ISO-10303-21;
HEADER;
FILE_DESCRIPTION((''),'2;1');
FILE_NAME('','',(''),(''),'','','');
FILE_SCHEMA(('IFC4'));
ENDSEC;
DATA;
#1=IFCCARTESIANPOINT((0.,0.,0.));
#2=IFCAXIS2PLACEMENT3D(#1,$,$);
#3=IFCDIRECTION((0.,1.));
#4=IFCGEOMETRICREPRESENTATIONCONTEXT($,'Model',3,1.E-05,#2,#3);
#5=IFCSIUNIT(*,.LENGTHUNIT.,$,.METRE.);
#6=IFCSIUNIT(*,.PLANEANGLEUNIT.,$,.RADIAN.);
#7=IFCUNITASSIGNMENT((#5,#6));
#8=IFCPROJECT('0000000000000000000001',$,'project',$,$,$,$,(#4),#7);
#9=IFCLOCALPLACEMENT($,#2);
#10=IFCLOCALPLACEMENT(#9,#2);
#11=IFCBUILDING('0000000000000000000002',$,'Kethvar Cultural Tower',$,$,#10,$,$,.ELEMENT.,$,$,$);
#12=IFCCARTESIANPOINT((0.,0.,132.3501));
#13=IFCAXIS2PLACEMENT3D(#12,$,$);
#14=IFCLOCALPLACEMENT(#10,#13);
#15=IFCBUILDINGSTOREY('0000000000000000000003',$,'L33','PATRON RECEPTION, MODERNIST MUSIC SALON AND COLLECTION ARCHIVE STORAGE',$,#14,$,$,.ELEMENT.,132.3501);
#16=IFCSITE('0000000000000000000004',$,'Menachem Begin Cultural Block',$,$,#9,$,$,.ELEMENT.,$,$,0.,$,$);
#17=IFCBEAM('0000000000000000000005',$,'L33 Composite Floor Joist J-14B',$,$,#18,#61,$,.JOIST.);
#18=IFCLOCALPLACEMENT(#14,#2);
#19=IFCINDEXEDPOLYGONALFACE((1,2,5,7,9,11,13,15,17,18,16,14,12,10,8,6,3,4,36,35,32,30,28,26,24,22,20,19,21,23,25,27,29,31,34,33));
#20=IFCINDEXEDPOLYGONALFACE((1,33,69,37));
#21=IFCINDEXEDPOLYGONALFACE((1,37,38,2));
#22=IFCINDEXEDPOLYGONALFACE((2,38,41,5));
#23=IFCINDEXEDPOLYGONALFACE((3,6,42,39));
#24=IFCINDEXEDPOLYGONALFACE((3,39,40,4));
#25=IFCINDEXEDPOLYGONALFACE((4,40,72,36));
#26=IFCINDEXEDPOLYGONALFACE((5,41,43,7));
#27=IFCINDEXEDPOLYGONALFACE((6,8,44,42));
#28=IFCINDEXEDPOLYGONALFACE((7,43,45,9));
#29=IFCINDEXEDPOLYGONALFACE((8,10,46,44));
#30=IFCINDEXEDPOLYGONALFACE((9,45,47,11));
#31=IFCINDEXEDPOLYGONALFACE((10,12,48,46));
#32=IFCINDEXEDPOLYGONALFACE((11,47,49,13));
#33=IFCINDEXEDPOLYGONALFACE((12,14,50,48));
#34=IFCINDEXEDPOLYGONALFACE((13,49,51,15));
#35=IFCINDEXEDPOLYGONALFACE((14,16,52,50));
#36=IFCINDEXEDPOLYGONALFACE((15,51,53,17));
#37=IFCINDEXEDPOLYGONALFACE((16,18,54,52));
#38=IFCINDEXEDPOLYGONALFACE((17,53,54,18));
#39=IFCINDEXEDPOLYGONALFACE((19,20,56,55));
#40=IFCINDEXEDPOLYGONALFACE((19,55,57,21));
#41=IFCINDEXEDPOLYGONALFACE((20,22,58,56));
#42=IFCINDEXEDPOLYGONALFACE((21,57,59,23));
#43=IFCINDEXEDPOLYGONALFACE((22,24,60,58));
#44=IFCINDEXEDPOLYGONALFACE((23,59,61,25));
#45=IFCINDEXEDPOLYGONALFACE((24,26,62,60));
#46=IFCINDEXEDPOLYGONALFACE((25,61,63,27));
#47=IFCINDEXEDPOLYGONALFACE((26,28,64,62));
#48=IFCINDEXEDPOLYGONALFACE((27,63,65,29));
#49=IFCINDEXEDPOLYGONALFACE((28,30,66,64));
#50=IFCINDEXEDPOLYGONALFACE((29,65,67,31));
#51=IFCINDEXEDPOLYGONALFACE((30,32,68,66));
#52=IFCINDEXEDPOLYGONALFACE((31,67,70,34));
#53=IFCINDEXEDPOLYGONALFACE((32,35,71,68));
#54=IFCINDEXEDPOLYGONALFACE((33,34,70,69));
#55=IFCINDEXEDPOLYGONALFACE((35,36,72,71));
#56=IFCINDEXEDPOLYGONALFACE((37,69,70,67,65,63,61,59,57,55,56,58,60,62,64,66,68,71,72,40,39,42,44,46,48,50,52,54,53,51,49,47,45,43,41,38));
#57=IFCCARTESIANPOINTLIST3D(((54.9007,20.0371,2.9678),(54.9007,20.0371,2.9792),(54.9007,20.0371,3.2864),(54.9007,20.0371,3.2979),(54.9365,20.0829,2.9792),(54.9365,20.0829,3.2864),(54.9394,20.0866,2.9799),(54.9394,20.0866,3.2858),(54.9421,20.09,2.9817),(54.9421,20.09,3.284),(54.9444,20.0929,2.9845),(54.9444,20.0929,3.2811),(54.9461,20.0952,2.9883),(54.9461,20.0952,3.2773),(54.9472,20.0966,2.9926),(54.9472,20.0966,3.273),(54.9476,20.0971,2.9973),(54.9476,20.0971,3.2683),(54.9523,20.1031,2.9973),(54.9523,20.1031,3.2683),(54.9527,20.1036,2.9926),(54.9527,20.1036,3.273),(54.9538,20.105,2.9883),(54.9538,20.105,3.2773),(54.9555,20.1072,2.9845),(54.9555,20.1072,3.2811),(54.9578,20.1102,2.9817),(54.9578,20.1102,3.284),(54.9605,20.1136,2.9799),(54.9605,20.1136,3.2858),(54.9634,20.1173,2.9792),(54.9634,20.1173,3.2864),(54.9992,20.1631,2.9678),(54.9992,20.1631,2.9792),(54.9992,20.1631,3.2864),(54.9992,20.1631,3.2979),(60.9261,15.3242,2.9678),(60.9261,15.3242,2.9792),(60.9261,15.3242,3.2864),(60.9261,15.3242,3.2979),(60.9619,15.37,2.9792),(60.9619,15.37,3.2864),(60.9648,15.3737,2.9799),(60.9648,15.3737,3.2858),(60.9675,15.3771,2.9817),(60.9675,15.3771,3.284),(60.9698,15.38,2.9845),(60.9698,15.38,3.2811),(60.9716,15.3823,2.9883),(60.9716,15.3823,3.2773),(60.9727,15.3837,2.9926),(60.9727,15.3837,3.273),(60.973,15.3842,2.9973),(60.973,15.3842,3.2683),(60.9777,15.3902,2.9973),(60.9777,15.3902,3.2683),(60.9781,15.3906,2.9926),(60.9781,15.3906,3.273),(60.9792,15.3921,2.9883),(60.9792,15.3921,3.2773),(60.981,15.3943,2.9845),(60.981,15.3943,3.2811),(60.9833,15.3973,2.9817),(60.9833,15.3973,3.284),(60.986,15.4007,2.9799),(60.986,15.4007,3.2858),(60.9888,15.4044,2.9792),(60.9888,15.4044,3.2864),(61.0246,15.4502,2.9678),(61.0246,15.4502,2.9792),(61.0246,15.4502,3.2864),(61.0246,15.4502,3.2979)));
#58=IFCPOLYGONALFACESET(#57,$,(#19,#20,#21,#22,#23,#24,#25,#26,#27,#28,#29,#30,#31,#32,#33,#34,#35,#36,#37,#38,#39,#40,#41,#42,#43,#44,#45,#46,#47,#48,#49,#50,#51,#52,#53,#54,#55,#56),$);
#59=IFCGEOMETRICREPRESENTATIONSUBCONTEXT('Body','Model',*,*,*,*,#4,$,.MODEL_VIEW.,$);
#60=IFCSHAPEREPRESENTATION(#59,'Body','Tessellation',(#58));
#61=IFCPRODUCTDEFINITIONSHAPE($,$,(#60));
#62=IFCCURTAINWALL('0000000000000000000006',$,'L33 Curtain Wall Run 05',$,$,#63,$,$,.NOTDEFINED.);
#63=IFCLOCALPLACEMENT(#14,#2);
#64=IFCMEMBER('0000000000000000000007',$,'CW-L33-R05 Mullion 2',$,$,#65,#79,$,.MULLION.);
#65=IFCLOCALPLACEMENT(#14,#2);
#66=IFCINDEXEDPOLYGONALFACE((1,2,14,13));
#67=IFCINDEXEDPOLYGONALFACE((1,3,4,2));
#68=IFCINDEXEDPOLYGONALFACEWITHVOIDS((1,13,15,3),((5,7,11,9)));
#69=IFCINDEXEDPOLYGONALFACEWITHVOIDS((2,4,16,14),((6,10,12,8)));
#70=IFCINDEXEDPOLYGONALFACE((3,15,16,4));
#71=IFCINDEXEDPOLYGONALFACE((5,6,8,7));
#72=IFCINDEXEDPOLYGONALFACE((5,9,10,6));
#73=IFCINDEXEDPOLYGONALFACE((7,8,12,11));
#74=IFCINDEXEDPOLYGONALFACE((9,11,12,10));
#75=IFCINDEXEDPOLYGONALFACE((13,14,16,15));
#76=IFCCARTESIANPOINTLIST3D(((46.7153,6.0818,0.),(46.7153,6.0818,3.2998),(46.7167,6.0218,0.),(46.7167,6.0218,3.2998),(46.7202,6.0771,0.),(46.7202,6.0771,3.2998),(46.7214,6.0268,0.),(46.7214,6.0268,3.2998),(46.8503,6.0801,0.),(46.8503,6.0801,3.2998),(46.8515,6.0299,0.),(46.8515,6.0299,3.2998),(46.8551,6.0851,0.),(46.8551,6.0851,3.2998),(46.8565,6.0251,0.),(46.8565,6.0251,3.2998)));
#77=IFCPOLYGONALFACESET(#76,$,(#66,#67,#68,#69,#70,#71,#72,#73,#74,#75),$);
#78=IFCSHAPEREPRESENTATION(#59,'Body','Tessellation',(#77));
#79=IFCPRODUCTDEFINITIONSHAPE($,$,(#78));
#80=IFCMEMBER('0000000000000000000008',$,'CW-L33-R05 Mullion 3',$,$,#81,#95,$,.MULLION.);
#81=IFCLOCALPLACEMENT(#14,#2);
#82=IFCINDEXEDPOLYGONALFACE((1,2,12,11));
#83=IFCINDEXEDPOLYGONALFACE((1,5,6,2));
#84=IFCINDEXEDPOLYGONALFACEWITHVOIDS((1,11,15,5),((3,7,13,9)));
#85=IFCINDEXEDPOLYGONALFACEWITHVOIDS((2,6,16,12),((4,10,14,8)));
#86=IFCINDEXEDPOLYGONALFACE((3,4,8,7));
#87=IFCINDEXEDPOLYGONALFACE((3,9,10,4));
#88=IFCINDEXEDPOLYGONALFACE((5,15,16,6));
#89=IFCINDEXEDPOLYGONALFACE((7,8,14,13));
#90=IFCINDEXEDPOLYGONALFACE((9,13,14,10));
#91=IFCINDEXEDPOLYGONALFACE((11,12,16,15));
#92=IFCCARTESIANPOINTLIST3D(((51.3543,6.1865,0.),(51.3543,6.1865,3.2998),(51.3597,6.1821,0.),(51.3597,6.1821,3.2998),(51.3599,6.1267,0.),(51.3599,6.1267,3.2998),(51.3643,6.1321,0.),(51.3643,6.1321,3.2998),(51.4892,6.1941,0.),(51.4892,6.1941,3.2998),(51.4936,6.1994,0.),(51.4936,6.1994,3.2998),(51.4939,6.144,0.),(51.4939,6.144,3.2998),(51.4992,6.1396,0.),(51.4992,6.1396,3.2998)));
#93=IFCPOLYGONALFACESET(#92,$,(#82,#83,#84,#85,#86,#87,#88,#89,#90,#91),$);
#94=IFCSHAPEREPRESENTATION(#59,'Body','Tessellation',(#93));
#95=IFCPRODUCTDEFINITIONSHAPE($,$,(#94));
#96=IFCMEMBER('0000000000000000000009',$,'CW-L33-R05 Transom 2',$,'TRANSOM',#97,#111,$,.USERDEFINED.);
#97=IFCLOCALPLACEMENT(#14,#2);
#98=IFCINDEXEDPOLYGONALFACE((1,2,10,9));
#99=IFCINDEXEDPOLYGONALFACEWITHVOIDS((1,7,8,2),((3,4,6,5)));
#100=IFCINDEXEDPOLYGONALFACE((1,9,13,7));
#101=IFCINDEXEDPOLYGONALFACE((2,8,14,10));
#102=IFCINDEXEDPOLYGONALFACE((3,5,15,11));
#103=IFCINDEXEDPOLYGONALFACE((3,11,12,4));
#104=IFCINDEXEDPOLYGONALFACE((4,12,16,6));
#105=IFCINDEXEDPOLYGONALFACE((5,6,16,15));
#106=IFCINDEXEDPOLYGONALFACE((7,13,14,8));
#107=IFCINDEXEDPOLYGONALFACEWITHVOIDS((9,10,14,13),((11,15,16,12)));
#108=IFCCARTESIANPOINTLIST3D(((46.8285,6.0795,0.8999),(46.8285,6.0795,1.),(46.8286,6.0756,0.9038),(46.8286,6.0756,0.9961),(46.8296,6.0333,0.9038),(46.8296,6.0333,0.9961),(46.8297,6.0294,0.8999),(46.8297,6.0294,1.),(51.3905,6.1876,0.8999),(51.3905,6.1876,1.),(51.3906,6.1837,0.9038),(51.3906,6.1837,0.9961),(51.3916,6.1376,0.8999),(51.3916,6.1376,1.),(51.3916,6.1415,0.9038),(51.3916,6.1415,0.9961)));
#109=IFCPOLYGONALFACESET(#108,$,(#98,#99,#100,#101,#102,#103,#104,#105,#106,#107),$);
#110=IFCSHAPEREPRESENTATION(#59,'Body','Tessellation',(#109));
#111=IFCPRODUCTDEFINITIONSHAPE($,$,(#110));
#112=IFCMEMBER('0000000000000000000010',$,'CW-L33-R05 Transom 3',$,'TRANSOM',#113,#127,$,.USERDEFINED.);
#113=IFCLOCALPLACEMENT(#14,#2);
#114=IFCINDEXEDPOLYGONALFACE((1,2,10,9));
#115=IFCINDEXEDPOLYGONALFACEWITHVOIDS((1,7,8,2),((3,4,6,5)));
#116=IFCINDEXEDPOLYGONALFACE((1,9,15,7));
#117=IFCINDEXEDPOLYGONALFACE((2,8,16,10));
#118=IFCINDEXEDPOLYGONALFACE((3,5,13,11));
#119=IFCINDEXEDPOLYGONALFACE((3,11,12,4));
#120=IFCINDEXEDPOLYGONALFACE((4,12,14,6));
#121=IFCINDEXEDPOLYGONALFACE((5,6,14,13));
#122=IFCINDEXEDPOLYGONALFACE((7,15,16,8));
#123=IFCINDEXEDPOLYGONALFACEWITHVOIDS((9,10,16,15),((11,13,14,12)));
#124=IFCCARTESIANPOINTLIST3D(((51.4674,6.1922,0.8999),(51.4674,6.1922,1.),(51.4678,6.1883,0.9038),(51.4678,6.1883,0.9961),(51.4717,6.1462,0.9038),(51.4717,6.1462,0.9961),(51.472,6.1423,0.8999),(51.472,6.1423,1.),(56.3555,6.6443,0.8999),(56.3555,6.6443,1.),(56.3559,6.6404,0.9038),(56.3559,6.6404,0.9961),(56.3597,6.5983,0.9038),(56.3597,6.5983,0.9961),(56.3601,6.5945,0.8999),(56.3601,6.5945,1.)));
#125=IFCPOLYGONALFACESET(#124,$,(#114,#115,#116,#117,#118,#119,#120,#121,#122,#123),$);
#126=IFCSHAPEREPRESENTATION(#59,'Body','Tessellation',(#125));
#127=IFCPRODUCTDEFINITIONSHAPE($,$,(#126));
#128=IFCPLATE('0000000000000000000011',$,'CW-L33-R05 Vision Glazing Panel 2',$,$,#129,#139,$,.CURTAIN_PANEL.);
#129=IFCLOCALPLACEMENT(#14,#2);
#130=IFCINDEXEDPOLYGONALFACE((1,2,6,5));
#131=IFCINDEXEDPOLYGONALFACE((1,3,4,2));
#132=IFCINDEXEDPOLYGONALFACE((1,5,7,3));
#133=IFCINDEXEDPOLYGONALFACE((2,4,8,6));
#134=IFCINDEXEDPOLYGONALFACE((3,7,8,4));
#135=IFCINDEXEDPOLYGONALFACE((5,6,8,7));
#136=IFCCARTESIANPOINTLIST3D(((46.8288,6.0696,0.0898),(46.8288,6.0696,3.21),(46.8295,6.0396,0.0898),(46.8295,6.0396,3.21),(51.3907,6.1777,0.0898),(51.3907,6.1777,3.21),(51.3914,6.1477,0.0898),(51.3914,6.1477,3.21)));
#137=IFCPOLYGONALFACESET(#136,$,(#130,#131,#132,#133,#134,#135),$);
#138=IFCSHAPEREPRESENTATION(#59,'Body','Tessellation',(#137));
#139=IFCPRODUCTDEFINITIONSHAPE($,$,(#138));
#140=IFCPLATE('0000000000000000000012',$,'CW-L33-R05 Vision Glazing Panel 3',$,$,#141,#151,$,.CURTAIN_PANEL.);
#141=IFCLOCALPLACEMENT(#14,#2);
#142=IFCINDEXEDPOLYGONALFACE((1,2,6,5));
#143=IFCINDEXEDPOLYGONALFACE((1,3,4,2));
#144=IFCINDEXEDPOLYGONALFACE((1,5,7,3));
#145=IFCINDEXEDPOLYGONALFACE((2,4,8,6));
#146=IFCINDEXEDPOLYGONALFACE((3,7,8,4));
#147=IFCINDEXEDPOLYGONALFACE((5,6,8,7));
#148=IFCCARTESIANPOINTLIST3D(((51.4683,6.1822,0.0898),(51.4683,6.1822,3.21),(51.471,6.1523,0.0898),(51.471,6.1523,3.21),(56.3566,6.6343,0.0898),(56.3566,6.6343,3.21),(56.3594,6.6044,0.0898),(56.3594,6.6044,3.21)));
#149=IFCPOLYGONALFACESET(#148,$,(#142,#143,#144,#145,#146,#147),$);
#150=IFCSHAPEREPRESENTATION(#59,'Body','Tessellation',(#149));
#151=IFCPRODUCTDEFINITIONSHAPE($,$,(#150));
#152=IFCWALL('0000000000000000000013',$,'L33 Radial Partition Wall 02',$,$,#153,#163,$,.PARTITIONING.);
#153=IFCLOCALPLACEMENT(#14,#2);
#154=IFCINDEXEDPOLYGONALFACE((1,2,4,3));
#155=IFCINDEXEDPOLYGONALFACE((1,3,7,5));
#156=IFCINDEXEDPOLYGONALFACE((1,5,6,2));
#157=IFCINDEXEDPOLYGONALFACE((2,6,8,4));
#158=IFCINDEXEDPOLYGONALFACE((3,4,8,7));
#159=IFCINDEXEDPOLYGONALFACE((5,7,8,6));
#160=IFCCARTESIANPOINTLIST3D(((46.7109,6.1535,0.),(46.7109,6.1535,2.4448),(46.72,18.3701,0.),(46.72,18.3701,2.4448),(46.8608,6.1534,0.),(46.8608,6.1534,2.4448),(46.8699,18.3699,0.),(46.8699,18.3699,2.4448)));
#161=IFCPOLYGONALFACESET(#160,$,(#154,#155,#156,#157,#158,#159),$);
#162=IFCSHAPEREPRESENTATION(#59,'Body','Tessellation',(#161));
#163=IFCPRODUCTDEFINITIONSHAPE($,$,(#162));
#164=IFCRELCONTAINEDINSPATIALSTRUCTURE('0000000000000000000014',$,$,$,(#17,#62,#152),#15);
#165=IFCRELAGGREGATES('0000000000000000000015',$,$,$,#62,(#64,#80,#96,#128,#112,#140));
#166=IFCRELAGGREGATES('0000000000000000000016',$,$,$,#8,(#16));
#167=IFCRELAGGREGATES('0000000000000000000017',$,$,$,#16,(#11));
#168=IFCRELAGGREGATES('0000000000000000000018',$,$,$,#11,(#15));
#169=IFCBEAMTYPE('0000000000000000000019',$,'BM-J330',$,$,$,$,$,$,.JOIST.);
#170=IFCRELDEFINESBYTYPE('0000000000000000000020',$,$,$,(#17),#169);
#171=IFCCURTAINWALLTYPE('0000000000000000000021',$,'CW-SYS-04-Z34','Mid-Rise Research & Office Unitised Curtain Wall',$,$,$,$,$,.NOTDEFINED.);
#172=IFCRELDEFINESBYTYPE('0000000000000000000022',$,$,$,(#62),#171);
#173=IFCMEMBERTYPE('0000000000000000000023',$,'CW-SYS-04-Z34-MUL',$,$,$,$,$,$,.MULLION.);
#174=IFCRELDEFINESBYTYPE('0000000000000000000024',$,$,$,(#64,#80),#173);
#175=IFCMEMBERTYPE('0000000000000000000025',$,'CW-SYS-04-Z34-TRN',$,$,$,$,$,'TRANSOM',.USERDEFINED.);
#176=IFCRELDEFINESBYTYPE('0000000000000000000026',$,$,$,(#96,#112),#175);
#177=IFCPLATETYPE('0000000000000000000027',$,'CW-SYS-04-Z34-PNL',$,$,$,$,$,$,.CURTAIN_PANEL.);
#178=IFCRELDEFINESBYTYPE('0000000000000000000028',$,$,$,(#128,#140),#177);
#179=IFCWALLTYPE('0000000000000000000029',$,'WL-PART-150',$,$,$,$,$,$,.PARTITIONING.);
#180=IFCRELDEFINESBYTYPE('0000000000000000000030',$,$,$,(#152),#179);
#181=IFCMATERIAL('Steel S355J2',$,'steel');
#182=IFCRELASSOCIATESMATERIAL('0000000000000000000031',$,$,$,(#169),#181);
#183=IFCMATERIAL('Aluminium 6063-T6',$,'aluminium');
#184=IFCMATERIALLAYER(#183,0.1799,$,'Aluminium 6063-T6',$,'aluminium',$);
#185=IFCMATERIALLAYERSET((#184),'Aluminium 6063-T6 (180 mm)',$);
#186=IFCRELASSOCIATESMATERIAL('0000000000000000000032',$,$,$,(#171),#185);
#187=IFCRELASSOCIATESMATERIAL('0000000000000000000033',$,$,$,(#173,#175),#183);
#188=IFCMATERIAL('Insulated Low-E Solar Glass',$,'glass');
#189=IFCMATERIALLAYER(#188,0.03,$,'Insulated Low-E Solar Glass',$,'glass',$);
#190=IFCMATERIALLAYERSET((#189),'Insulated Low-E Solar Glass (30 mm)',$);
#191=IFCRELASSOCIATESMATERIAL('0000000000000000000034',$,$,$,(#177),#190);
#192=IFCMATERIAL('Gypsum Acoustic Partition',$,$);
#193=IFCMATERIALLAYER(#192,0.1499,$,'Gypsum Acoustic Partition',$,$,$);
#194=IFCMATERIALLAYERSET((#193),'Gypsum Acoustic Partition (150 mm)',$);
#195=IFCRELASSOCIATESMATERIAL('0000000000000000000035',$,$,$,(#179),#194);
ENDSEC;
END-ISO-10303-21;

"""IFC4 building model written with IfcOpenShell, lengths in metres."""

from ifc_helpers import new_model, si_unit, direction, frame, frame_2d, origin, origin_2d, place, context, subcontext, project, spatial, rectangle, hollow_rectangle, i_section, extrude, source, transform, mapped, material, layer, layer_set, material_profile, profile_set, type_object, element, aggregate, save


model = new_model("IFC4")

# Units and contexts
model_context = context("Model", 3, precision=1e-05, world=origin(), true_north=direction((0.0, 1.0)))
body_context = subcontext(model_context, "Body", "Model", "MODEL_VIEW")
ifc_project = project(units=[si_unit("LENGTHUNIT", "METRE"), si_unit("PLANEANGLEUNIT", "RADIAN")], contexts=[model_context])

# Site, building, storey
site_placement = place(None, origin())
site = spatial("IfcSite", under=ifc_project, at=site_placement, Name="Menachem Begin Cultural Block", CompositionType="ELEMENT", RefElevation=0.0)
building_placement = place(site_placement, origin())
building = spatial("IfcBuilding", under=site, at=building_placement, Name="Kethvar Cultural Tower", CompositionType="ELEMENT")
storey_placement = place(building_placement, frame((0.0, 0.0, 132.3501)))
storey = spatial("IfcBuildingStorey", under=building, at=storey_placement, Name="L33", Description="PATRON RECEPTION, MODERNIST MUSIC SALON AND COLLECTION ARCHIVE STORAGE", CompositionType="ELEMENT", Elevation=132.3501)

# Beam
ifc_material_1 = material(Name="Steel S355J2", Category="steel")
ifc_material_profile_1 = material_profile(ifc_material_1, i_section(OverallWidth=0.1599, OverallDepth=0.3301, WebThickness=0.0076, FlangeThickness=0.0115, FilletRadius=0.0181, at=origin_2d()), Name="Steel S355J2 — IPE330")
ifc_profile_set_1 = profile_set([ifc_material_profile_1], Name="Steel S355J2 — IPE330")
beam_type_1 = type_object("IfcBeamType", Name="BM-J330", PredefinedType="JOIST", material=ifc_profile_set_1)
shared_shape_1 = source(origin(), body_context, "Body", "SweptSolid", [
    extrude(i_section(OverallWidth=0.1599, OverallDepth=0.3301, WebThickness=0.0076, FlangeThickness=0.0115, FilletRadius=0.0181, at=origin_2d()), origin(), (0.0, 0.0, 1.0), 7.6497),
])
beam_1_placement = place(storey_placement, frame((54.95, 20.1001, 3.1328), z_axis=(0.787672, -0.616095, 0.0), x_axis=(0.616095, 0.787672, 0.0)))
element("IfcBeam", 1, at=beam_1_placement, inside=storey, type_object=beam_type_1, Name="L33 Composite Floor Joist J-14B", PredefinedType="JOIST", context=body_context, shape_type="MappedRepresentation", body=[
    mapped(shared_shape_1, transform((0.0, 0.0, 0.0), scale=1.0)),
])

# Curtain wall, members, plates
ifc_material_2 = material(Name="Aluminium 6063-T6", Category="aluminium")
ifc_layer_1 = layer(ifc_material_2, 0.1799, Name="Aluminium 6063-T6", Category="aluminium")
ifc_layer_set_1 = layer_set([ifc_layer_1], Name="Aluminium 6063-T6 (180 mm)")
curtain_wall_type = type_object("IfcCurtainWallType", Name="CW-SYS-04-Z34", Description="Mid-Rise Research & Office Unitised Curtain Wall", PredefinedType="NOTDEFINED", material=ifc_layer_set_1)
curtain_wall_placement = place(storey_placement, origin())
curtain_wall = element("IfcCurtainWall", 2, at=curtain_wall_placement, inside=storey, type_object=curtain_wall_type, Name="L33 Curtain Wall Run 05", PredefinedType="NOTDEFINED")
ifc_material_profile_2 = material_profile(ifc_material_2, hollow_rectangle(XDim=0.0601, YDim=0.1399, WallThickness=0.0049, at=origin_2d()), Name="Aluminium 6063-T6 — RHS140x60x5")
ifc_profile_set_2 = profile_set([ifc_material_profile_2], Name="Aluminium 6063-T6 — RHS140x60x5")
member_type_1 = type_object("IfcMemberType", Name="CW-SYS-04-Z34-MUL", PredefinedType="MULLION", material=ifc_profile_set_2)
shared_shape_2 = source(origin(), body_context, "Body", "SweptSolid", [
    extrude(hollow_rectangle(XDim=0.0601, YDim=0.1399, WallThickness=0.0049, at=origin_2d()), origin(), (0.0, 0.0, 1.0), 3.2998),
])
member_1_placement = place(storey_placement, frame((46.7859, 6.0535, 0.0), z_axis=(0.0, 0.0, 1.0), x_axis=(-0.023699, 0.999719, 0.0)))
member_1 = element("IfcMember", 3, at=member_1_placement, type_object=member_type_1, Name="CW-L33-R05 Mullion 2", PredefinedType="MULLION", context=body_context, shape_type="MappedRepresentation", body=[
    mapped(shared_shape_2, transform((0.0, 0.0, 0.0), scale=1.0)),
])
member_2_placement = place(storey_placement, frame((51.4268, 6.1631, 0.0), z_axis=(0.0, 0.0, 1.0), x_axis=(-0.092093, 0.99575, 0.0)))
member_2 = element("IfcMember", 4, at=member_2_placement, type_object=member_type_1, Name="CW-L33-R05 Mullion 3", PredefinedType="MULLION", context=body_context, shape_type="MappedRepresentation", body=[
    mapped(shared_shape_2, transform((0.0, 0.0, 0.0), scale=1.0)),
])
ifc_material_profile_3 = material_profile(ifc_material_2, hollow_rectangle(XDim=0.05, YDim=0.1001, WallThickness=0.0039, at=origin_2d()), Name="Aluminium 6063-T6 — RHS100x50x4")
ifc_profile_set_3 = profile_set([ifc_material_profile_3], Name="Aluminium 6063-T6 — RHS100x50x4")
member_type_2 = type_object("IfcMemberType", Name="CW-SYS-04-Z34-TRN", ElementType="TRANSOM", PredefinedType="USERDEFINED", material=ifc_profile_set_3)
shared_shape_3 = source(origin(), body_context, "Body", "SweptSolid", [
    extrude(hollow_rectangle(XDim=0.05, YDim=0.1001, WallThickness=0.0039, at=origin_2d()), origin(), (0.0, 0.0, 1.0), 4.5632),
])
member_3_placement = place(storey_placement, frame((46.8291, 6.0544, 0.95), z_axis=(0.999719, 0.023701, 0.0), x_axis=(-0.023701, 0.999719, 0.0)))
member_3 = element("IfcMember", 5, at=member_3_placement, type_object=member_type_2, Name="CW-L33-R05 Transom 2", ObjectType="TRANSOM", PredefinedType="USERDEFINED", context=body_context, shape_type="MappedRepresentation", body=[
    mapped(shared_shape_3, transform((0.0, 0.0, 0.0), scale=1.0)),
])
shared_shape_4 = source(origin(), body_context, "Body", "SweptSolid", [
    extrude(hollow_rectangle(XDim=0.05, YDim=0.1001, WallThickness=0.0039, at=origin_2d()), origin(), (0.0, 0.0, 1.0), 4.9089),
])
member_4_placement = place(storey_placement, frame((51.4697, 6.1672, 0.95), z_axis=(0.995749, 0.092105, 0.0), x_axis=(-0.092105, 0.995749, 0.0)))
member_4 = element("IfcMember", 6, at=member_4_placement, type_object=member_type_2, Name="CW-L33-R05 Transom 3", ObjectType="TRANSOM", PredefinedType="USERDEFINED", context=body_context, shape_type="MappedRepresentation", body=[
    mapped(shared_shape_4, transform((0.0, 0.0, 0.0), scale=1.0)),
])
ifc_material_3 = material(Name="Insulated Low-E Solar Glass", Category="glass")
ifc_layer_2 = layer(ifc_material_3, 0.03, Name="Insulated Low-E Solar Glass", Category="glass")
ifc_layer_set_2 = layer_set([ifc_layer_2], Name="Insulated Low-E Solar Glass (30 mm)")
plate_type = type_object("IfcPlateType", Name="CW-SYS-04-Z34-PNL", PredefinedType="CURTAIN_PANEL", material=ifc_layer_set_2)
shared_shape_5 = source(origin(), body_context, "Body", "SweptSolid", [
    extrude(rectangle(XDim=4.5632, YDim=0.03, at=origin_2d()), origin(), (0.0, 0.0, 1.0), 3.1201),
])
plate_1_placement = place(storey_placement, frame((49.1101, 6.1086, 0.0898), z_axis=(0.0, 0.0, 1.0), x_axis=(0.999719, 0.023699, 0.0)))
plate_1 = element("IfcPlate", 7, at=plate_1_placement, type_object=plate_type, Name="CW-L33-R05 Vision Glazing Panel 2", PredefinedType="CURTAIN_PANEL", context=body_context, shape_type="MappedRepresentation", body=[
    mapped(shared_shape_5, transform((0.0, 0.0, 0.0), scale=1.0)),
])
shared_shape_6 = source(origin(), body_context, "Body", "SweptSolid", [
    extrude(rectangle(XDim=4.9092, YDim=0.03, at=origin_2d()), origin(), (0.0, 0.0, 1.0), 3.1201),
])
plate_2_placement = place(storey_placement, frame((53.9138, 6.3933, 0.0898), z_axis=(0.0, 0.0, 1.0), x_axis=(0.99575, 0.092093, 0.0)))
plate_2 = element("IfcPlate", 8, at=plate_2_placement, type_object=plate_type, Name="CW-L33-R05 Vision Glazing Panel 3", PredefinedType="CURTAIN_PANEL", context=body_context, shape_type="MappedRepresentation", body=[
    mapped(shared_shape_6, transform((0.0, 0.0, 0.0), scale=1.0)),
])
aggregate(curtain_wall, [member_1, member_2, member_3, plate_1, member_4, plate_2])

# Wall
ifc_material_4 = material(Name="Gypsum Acoustic Partition")
ifc_layer_3 = layer(ifc_material_4, 0.1499, Name="Gypsum Acoustic Partition")
ifc_layer_set_3 = layer_set([ifc_layer_3], Name="Gypsum Acoustic Partition (150 mm)")
wall_type = type_object("IfcWallType", Name="WL-PART-150", PredefinedType="PARTITIONING", material=ifc_layer_set_3)
wall_placement = place(storey_placement, frame((46.7949, 18.3701, 0.0), z_axis=(0.0, 0.0, 1.0), x_axis=(-0.000739, -1.0, 0.0)))
element("IfcWall", 9, at=wall_placement, inside=storey, type_object=wall_type, Name="L33 Radial Partition Wall 02", PredefinedType="PARTITIONING", context=body_context, shape_type="SweptSolid", body=[
    extrude(rectangle(XDim=12.2166, YDim=0.1499, at=frame_2d((6.1084, 0.0))), origin(), (0.0, 0.0, 1.0), 2.4448),
])

save(model, "model.ifc")
